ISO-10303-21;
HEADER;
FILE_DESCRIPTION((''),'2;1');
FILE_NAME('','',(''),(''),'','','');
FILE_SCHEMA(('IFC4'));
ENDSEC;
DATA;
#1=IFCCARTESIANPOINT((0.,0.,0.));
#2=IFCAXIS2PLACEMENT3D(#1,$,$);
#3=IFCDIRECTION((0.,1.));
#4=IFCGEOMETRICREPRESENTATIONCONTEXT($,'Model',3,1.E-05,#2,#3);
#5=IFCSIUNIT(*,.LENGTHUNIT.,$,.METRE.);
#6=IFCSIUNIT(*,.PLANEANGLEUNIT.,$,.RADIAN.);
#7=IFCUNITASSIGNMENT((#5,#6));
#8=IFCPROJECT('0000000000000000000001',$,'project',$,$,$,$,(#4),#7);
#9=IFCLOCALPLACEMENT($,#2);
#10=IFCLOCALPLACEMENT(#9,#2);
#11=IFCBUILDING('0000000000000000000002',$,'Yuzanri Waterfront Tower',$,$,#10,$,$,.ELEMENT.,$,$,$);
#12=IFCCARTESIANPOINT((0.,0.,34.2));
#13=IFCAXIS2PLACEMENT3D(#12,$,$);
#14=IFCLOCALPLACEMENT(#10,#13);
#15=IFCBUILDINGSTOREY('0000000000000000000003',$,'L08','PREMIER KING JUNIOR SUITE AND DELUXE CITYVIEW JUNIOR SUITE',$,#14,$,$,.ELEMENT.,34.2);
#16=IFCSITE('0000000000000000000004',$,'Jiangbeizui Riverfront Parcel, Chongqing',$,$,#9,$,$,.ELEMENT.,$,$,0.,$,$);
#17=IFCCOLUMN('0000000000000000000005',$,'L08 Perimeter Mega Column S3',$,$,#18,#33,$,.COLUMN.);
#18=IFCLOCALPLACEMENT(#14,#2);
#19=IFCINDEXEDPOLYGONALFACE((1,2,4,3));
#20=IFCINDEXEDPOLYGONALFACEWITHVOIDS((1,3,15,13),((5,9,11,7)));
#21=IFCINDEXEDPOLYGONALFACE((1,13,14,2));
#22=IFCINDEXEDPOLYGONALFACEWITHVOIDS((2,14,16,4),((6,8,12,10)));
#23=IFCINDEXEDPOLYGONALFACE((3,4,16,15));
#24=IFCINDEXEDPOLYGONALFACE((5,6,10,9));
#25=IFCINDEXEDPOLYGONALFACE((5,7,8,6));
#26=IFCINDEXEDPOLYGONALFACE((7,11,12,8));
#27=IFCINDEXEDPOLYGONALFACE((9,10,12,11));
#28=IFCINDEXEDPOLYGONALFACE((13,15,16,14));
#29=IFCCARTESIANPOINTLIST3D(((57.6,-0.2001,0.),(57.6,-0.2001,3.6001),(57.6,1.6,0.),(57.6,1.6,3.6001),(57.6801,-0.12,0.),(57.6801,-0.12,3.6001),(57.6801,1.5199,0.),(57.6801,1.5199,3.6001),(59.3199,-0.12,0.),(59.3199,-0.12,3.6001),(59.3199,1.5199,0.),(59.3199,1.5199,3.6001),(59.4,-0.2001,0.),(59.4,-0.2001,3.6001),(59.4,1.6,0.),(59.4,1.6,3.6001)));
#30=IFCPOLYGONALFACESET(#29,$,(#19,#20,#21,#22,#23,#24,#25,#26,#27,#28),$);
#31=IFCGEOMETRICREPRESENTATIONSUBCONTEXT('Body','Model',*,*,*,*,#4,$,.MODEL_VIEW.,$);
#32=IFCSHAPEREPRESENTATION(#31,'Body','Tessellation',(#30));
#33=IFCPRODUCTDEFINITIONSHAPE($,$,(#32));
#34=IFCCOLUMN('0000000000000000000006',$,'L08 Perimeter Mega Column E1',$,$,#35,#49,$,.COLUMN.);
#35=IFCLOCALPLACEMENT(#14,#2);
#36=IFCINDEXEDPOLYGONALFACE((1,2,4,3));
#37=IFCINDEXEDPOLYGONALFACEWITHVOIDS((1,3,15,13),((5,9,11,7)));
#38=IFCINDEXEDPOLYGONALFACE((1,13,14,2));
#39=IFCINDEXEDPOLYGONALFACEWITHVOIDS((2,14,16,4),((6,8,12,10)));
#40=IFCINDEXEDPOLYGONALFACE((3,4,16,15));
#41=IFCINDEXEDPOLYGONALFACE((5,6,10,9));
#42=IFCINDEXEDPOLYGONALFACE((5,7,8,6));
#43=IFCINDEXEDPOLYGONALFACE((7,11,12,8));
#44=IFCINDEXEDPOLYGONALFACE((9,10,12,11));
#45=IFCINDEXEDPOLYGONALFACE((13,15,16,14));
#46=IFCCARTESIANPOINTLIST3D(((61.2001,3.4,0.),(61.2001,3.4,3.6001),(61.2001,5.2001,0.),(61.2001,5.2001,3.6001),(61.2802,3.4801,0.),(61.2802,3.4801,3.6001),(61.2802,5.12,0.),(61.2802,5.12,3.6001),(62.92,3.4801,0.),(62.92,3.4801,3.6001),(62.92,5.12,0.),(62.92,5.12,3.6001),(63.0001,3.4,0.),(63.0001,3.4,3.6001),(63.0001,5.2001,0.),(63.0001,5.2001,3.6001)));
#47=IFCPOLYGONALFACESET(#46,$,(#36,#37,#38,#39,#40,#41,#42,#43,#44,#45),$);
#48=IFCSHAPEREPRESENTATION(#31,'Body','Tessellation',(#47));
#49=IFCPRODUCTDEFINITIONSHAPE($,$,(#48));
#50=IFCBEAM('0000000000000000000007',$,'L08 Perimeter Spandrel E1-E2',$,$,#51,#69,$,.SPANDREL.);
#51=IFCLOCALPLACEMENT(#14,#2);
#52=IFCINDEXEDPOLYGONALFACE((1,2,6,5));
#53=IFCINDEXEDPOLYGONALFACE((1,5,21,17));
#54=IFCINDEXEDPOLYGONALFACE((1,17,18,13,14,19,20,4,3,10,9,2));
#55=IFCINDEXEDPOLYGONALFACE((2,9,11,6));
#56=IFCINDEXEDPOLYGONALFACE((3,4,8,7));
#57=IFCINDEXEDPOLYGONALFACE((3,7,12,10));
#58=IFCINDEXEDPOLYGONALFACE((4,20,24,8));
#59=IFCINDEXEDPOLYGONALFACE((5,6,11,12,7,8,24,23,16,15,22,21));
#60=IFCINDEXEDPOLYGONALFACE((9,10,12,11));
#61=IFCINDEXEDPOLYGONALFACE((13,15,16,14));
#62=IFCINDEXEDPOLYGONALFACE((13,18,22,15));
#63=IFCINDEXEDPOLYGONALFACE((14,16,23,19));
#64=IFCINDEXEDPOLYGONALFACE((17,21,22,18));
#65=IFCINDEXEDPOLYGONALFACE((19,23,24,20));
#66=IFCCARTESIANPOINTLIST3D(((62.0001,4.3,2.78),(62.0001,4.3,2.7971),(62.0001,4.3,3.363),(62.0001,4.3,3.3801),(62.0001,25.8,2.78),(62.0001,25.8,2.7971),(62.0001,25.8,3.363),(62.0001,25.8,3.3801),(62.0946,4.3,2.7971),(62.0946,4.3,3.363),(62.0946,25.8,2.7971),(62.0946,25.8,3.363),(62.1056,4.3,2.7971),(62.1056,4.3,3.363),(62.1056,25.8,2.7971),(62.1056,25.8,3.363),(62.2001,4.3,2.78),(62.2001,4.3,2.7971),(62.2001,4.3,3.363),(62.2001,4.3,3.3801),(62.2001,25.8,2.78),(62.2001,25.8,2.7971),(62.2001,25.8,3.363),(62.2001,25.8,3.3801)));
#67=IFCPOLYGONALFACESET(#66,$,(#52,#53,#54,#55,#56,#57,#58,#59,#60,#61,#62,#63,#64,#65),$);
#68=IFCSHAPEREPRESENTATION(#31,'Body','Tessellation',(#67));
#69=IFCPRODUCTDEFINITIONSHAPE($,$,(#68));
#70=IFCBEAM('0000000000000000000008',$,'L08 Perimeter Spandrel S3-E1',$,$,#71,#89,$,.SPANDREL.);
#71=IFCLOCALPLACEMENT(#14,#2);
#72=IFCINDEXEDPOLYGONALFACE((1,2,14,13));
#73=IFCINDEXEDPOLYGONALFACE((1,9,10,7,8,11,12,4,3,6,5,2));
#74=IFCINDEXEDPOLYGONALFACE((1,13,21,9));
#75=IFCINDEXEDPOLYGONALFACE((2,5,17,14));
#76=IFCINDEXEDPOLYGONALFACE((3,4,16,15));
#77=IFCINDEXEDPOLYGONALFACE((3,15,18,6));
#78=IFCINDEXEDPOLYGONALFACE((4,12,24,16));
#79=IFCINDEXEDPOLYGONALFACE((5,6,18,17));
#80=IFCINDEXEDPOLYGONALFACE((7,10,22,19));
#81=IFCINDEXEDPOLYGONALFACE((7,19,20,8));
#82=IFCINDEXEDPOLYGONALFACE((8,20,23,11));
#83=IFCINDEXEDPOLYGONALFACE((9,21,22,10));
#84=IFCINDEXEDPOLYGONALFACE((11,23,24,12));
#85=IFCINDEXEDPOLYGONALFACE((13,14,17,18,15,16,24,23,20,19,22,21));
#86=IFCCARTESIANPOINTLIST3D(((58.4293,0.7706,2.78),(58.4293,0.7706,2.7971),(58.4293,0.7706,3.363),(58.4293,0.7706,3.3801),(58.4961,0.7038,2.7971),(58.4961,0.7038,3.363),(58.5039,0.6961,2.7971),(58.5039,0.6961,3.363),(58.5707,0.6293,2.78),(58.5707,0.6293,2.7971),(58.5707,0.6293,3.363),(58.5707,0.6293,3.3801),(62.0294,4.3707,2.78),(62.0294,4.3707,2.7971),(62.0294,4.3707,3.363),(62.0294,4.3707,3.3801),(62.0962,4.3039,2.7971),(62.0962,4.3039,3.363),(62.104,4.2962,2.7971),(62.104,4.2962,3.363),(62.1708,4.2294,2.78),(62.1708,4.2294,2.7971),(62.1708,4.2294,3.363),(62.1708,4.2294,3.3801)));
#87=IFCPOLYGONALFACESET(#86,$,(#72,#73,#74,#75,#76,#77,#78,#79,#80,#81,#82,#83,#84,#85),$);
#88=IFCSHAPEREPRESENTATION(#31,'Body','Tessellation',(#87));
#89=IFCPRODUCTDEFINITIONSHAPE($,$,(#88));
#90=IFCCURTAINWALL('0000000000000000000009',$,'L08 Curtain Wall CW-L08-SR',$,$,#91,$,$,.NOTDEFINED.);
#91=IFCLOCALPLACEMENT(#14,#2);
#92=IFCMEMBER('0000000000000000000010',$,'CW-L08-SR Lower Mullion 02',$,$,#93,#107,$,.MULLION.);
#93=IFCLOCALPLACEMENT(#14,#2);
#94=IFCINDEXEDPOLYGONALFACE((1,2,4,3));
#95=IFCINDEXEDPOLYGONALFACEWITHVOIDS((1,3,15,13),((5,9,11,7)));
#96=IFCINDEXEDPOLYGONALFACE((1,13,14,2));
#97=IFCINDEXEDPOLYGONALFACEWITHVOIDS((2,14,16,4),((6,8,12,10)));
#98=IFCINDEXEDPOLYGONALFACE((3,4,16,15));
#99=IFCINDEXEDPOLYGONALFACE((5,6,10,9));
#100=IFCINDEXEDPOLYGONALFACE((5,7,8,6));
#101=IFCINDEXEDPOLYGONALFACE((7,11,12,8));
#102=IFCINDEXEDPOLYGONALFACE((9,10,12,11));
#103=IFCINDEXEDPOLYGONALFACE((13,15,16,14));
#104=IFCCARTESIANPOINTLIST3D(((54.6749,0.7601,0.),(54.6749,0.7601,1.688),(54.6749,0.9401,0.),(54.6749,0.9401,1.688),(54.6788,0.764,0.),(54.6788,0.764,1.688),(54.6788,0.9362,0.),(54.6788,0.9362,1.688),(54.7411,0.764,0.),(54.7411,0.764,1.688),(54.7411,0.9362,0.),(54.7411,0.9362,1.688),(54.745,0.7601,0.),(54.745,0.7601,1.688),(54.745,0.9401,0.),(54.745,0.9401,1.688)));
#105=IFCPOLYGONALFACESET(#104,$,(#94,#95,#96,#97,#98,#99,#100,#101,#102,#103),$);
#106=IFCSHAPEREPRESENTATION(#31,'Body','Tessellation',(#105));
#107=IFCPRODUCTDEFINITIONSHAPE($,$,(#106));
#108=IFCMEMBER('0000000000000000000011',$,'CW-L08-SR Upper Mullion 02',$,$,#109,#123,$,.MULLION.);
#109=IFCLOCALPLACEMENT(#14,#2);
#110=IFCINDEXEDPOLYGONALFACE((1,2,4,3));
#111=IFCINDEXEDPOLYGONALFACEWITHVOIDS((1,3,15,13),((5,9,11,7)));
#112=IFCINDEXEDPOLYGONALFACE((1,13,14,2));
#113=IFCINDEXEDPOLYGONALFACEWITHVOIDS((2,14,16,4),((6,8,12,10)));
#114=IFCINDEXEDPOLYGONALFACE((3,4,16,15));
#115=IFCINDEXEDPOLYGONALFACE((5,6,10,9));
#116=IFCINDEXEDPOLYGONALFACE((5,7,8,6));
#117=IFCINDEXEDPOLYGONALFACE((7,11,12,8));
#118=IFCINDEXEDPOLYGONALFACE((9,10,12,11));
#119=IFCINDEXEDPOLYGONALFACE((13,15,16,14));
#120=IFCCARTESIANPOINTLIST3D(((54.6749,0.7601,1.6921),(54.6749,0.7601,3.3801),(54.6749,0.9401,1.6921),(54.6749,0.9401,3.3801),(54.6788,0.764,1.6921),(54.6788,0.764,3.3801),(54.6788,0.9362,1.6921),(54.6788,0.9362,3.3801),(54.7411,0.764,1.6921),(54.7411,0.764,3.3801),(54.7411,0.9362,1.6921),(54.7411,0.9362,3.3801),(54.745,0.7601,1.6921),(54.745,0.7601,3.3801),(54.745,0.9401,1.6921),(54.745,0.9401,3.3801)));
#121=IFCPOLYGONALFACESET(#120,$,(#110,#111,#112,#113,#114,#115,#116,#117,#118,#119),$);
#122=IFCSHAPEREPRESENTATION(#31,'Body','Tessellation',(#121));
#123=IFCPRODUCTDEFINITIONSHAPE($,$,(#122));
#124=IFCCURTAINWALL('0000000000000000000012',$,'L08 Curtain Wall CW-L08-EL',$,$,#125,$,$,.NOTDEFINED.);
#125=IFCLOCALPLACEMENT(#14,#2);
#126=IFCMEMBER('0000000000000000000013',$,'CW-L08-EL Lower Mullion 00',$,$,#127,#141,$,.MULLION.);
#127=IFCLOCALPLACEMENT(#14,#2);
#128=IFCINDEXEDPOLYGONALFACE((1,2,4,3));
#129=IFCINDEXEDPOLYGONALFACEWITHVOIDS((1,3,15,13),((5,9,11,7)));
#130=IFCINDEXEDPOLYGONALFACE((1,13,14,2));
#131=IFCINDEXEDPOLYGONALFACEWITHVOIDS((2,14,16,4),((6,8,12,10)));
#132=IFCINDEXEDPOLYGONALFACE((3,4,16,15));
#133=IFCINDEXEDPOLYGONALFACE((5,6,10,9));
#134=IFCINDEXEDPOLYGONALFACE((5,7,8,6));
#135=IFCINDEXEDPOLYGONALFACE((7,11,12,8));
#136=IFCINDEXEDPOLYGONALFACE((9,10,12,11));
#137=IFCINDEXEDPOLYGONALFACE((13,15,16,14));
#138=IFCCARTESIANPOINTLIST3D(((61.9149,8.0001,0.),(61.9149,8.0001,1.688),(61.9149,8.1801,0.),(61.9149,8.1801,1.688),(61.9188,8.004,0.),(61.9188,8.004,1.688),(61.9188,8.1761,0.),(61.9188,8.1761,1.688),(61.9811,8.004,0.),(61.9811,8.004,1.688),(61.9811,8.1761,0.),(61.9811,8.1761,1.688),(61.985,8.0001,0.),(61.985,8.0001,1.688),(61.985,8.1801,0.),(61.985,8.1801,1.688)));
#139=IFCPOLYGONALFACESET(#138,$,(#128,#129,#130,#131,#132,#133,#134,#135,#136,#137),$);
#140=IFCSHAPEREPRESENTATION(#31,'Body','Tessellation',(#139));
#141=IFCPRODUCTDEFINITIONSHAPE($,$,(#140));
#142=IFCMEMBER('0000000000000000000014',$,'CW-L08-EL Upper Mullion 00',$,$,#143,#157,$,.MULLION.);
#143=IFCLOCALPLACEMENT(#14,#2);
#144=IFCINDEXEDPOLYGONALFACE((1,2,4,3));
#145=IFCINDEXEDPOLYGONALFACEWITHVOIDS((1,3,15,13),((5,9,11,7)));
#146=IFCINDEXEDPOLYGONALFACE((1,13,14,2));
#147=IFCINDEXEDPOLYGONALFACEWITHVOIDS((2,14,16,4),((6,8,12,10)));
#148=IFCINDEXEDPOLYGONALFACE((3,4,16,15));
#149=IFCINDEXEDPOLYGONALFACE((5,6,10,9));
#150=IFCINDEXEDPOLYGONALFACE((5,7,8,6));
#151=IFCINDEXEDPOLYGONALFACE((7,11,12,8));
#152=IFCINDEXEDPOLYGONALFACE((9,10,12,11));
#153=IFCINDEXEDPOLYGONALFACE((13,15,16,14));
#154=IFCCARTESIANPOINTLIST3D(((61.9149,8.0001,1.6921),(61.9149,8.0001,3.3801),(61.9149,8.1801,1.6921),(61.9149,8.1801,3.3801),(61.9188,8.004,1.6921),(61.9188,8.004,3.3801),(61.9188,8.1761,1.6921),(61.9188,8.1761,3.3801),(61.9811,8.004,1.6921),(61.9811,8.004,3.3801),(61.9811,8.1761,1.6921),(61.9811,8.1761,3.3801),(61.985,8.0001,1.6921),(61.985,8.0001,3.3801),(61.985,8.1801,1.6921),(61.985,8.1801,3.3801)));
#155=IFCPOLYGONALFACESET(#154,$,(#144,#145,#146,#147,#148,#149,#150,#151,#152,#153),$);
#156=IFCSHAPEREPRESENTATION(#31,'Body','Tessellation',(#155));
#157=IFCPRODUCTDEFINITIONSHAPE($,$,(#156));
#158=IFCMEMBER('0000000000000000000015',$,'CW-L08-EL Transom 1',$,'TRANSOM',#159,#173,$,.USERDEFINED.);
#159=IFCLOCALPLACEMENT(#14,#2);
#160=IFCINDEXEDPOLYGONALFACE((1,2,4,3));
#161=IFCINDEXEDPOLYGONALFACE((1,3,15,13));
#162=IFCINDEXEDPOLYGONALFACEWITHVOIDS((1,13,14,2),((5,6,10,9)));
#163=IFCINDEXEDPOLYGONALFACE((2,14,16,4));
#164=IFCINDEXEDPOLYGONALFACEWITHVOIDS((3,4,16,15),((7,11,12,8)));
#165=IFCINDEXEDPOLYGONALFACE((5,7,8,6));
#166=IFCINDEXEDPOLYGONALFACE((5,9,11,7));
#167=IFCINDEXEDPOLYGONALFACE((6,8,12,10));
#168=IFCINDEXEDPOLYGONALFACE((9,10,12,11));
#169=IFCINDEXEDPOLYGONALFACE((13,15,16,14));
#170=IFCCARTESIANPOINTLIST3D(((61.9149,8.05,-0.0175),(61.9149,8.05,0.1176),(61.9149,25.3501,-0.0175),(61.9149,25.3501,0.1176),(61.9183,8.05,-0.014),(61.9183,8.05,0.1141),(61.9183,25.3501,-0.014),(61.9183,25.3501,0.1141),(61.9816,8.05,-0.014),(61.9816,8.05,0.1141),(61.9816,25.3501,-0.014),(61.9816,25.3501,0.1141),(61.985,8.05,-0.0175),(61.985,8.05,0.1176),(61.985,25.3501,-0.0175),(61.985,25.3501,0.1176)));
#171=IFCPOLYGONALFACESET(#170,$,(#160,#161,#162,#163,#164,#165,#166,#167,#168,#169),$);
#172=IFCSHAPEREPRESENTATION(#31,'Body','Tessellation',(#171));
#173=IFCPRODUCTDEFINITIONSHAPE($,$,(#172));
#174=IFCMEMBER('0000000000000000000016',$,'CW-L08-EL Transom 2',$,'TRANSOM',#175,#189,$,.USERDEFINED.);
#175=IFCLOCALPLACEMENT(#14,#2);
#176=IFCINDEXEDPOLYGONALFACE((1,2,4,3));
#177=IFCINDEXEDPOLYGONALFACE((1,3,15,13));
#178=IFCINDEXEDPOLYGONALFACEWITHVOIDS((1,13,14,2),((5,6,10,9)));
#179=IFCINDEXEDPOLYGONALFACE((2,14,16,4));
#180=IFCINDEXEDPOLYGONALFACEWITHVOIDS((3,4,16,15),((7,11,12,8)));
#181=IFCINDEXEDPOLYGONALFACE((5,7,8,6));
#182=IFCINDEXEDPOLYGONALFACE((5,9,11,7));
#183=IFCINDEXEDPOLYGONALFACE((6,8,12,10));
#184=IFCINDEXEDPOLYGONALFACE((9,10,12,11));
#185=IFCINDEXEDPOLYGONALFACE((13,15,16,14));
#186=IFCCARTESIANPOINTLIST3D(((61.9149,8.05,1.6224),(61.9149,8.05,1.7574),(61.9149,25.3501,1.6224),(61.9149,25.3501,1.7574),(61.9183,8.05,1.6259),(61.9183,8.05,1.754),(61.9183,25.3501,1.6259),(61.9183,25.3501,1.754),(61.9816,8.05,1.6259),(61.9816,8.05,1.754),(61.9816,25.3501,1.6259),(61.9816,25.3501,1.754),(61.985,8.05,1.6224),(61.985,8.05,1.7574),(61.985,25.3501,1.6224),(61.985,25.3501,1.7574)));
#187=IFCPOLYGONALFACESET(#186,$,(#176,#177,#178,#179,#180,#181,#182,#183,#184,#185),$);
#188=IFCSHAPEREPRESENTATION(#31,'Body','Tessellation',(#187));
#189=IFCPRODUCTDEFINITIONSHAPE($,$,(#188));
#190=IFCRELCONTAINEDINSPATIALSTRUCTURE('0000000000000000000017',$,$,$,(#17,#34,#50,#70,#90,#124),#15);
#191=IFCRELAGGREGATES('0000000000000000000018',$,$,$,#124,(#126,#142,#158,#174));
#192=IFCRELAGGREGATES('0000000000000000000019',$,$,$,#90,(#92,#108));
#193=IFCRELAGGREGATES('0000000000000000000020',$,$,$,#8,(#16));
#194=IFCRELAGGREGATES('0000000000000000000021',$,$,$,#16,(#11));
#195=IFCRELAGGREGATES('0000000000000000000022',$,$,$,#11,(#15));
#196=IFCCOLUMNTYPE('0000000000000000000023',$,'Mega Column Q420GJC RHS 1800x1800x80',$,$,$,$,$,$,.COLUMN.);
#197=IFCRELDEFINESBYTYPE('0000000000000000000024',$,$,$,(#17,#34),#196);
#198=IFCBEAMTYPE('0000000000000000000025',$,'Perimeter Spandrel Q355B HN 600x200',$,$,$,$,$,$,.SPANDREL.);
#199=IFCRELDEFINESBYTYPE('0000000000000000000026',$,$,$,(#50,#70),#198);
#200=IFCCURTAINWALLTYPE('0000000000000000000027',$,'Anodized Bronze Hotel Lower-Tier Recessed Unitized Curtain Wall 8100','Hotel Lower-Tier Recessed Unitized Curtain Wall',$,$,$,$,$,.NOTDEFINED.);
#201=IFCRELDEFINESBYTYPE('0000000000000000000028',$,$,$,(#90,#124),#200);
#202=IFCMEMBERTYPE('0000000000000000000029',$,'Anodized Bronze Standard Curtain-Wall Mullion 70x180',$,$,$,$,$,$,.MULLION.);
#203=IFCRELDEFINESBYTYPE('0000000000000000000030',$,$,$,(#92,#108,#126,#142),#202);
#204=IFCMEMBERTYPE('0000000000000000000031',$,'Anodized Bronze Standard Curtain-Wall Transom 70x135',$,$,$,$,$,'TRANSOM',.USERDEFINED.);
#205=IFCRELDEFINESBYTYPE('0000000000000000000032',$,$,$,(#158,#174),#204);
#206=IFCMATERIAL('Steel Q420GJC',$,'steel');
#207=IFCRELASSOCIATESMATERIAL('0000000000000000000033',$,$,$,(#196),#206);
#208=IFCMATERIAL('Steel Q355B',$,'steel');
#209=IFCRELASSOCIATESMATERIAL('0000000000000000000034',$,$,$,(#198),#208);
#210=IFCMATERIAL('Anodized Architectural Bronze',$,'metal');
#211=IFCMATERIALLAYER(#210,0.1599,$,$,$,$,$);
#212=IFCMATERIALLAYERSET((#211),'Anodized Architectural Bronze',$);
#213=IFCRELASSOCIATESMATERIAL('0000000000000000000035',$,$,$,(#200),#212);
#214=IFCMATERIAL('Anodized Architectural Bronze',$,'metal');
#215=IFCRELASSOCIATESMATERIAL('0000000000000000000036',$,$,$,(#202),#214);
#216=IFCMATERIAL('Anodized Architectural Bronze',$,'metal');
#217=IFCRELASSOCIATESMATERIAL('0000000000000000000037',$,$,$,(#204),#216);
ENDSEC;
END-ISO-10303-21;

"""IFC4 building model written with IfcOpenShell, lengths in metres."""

from ifc_helpers import new_model, si_unit, direction, frame, origin, origin_2d, place, context, subcontext, project, spatial, hollow_rectangle, i_section, extrude, source, transform, mapped, material, layer, layer_set, material_profile, profile_set, type_object, element, aggregate, save


model = new_model("IFC4")

# Units and contexts
model_context = context("Model", 3, precision=1e-05, world=origin(), true_north=direction((0.0, 1.0)))
body_context = subcontext(model_context, "Body", "Model", "MODEL_VIEW")
ifc_project = project(units=[si_unit("LENGTHUNIT", "METRE"), si_unit("PLANEANGLEUNIT", "RADIAN")], contexts=[model_context])

# Site, building, storey
site_placement = place(None, origin())
site = spatial("IfcSite", under=ifc_project, at=site_placement, Name="Jiangbeizui Riverfront Parcel, Chongqing", CompositionType="ELEMENT", RefElevation=0.0)
building_placement = place(site_placement, origin())
building = spatial("IfcBuilding", under=site, at=building_placement, Name="Yuzanri Waterfront Tower", CompositionType="ELEMENT")
storey_placement = place(building_placement, frame((0.0, 0.0, 34.2)))
storey = spatial("IfcBuildingStorey", under=building, at=storey_placement, Name="L08", Description="PREMIER KING JUNIOR SUITE AND DELUXE CITYVIEW JUNIOR SUITE", CompositionType="ELEMENT", Elevation=34.2)

# Columns
ifc_material_1 = material(Name="Steel Q420GJC", Category="steel")
ifc_material_profile_1 = material_profile(ifc_material_1, hollow_rectangle(XDim=1.8, YDim=1.8, WallThickness=0.0801, at=origin_2d()), Name="RHS 1800x1800x80")
ifc_profile_set_1 = profile_set([ifc_material_profile_1], Name="Steel Q420GJC")
column_type = type_object("IfcColumnType", Name="Mega Column Q420GJC RHS 1800x1800x80", PredefinedType="COLUMN", material=ifc_profile_set_1)
shared_shape_1 = source(origin(), body_context, "Body", "SweptSolid", [
    extrude(hollow_rectangle(XDim=1.8, YDim=1.8, WallThickness=0.0801, at=origin_2d()), origin(), (0.0, 0.0, 1.0), 3.6001),
])
for number, where, z_axis, x_axis, name in (
    (1, (58.5, 0.7, 0.0), (0.0, 0.0, 1.0), (1.0, 0.0, 0.0), "L08 Perimeter Mega Column S3"),
    (2, (62.1001, 4.3, 0.0), (0.0, 0.0, 1.0), (1.0, 0.0, 0.0), "L08 Perimeter Mega Column E1"),
):
    element("IfcColumn", number, at=place(storey_placement, frame(where, z_axis=z_axis, x_axis=x_axis)), inside=storey, type_object=column_type, Name=name, PredefinedType="COLUMN", context=body_context, shape_type="MappedRepresentation", body=[
        mapped(shared_shape_1, transform((0.0, 0.0, 0.0), scale=1.0)),
    ])

# Beams
ifc_material_2 = material(Name="Steel Q355B", Category="steel")
ifc_material_profile_2 = material_profile(ifc_material_2, i_section(OverallWidth=0.2, OverallDepth=0.6001, WebThickness=0.011, FlangeThickness=0.0171, at=origin_2d()), Name="HN 600x200x11x17")
ifc_profile_set_2 = profile_set([ifc_material_profile_2], Name="Steel Q355B")
beam_type = type_object("IfcBeamType", Name="Perimeter Spandrel Q355B HN 600x200", PredefinedType="SPANDREL", material=ifc_profile_set_2)
shared_shape_2 = source(origin(), body_context, "Body", "SweptSolid", [
    extrude(i_section(OverallWidth=0.2, OverallDepth=0.6001, WebThickness=0.011, FlangeThickness=0.0171, at=origin_2d()), origin(), (0.0, 0.0, 1.0), 21.5),
])
beam_1_placement = place(storey_placement, frame((62.1001, 4.3, 3.0801), z_axis=(0.0, 1.0, 0.0), x_axis=(-1.0, 0.0, 0.0)))
element("IfcBeam", 3, at=beam_1_placement, inside=storey, type_object=beam_type, Name="L08 Perimeter Spandrel E1-E2", PredefinedType="SPANDREL", context=body_context, shape_type="MappedRepresentation", body=[
    mapped(shared_shape_2, transform((0.0, 0.0, 0.0), scale=1.0)),
])
shared_shape_3 = source(origin(), body_context, "Body", "SweptSolid", [
    extrude(i_section(OverallWidth=0.2, OverallDepth=0.6001, WebThickness=0.011, FlangeThickness=0.0171, at=origin_2d()), origin(), (0.0, 0.0, 1.0), 5.0913),
])
beam_2_placement = place(storey_placement, frame((58.5, 0.7, 3.0801), z_axis=(0.707107, 0.707107, 0.0), x_axis=(-0.707107, 0.707107, 0.0)))
element("IfcBeam", 4, at=beam_2_placement, inside=storey, type_object=beam_type, Name="L08 Perimeter Spandrel S3-E1", PredefinedType="SPANDREL", context=body_context, shape_type="MappedRepresentation", body=[
    mapped(shared_shape_3, transform((0.0, 0.0, 0.0), scale=1.0)),
])

# Curtain walls, members
ifc_material_3 = material(Name="Anodized Architectural Bronze", Category="metal")
ifc_layer_1 = layer(ifc_material_3, 0.1599)
ifc_layer_set_1 = layer_set([ifc_layer_1], Name="Anodized Architectural Bronze")
curtain_wall_type = type_object("IfcCurtainWallType", Name="Anodized Bronze Hotel Lower-Tier Recessed Unitized Curtain Wall 8100", Description="Hotel Lower-Tier Recessed Unitized Curtain Wall", PredefinedType="NOTDEFINED", material=ifc_layer_set_1)
curtain_wall_1_placement = place(storey_placement, origin())
curtain_wall_1 = element("IfcCurtainWall", 5, at=curtain_wall_1_placement, inside=storey, type_object=curtain_wall_type, Name="L08 Curtain Wall CW-L08-SR", PredefinedType="NOTDEFINED")
ifc_material_4 = material(Name="Anodized Architectural Bronze", Category="metal")
ifc_material_profile_3 = material_profile(ifc_material_4, hollow_rectangle(XDim=0.0701, YDim=0.1799, WallThickness=0.0039, at=origin_2d()), Name="CWM 70x180")
ifc_profile_set_3 = profile_set([ifc_material_profile_3], Name="Anodized Architectural Bronze")
member_type_1 = type_object("IfcMemberType", Name="Anodized Bronze Standard Curtain-Wall Mullion 70x180", PredefinedType="MULLION", material=ifc_profile_set_3)
shared_shape_4 = source(origin(), body_context, "Body", "SweptSolid", [
    extrude(hollow_rectangle(XDim=0.0701, YDim=0.1799, WallThickness=0.0039, at=origin_2d()), origin(), (0.0, 0.0, 1.0), 1.688),
])
member_1_placement = place(storey_placement, frame((54.71, 0.8501, 0.0), z_axis=(0.0, 0.0, 1.0), x_axis=(1.0, 0.0, 0.0)))
member_1 = element("IfcMember", 6, at=member_1_placement, type_object=member_type_1, Name="CW-L08-SR Lower Mullion 02", PredefinedType="MULLION", context=body_context, shape_type="MappedRepresentation", body=[
    mapped(shared_shape_4, transform((0.0, 0.0, 0.0), scale=1.0)),
])
member_2_placement = place(storey_placement, frame((54.71, 0.8501, 1.6921), z_axis=(0.0, 0.0, 1.0), x_axis=(1.0, 0.0, 0.0)))
member_2 = element("IfcMember", 7, at=member_2_placement, type_object=member_type_1, Name="CW-L08-SR Upper Mullion 02", PredefinedType="MULLION", context=body_context, shape_type="MappedRepresentation", body=[
    mapped(shared_shape_4, transform((0.0, 0.0, 0.0), scale=1.0)),
])
curtain_wall_2_placement = place(storey_placement, origin())
curtain_wall_2 = element("IfcCurtainWall", 8, at=curtain_wall_2_placement, inside=storey, type_object=curtain_wall_type, Name="L08 Curtain Wall CW-L08-EL", PredefinedType="NOTDEFINED")
member_3_placement = place(storey_placement, frame((61.95, 8.0901, 0.0), z_axis=(0.0, 0.0, 1.0), x_axis=(1.0, 0.0, 0.0)))
member_3 = element("IfcMember", 9, at=member_3_placement, type_object=member_type_1, Name="CW-L08-EL Lower Mullion 00", PredefinedType="MULLION", context=body_context, shape_type="MappedRepresentation", body=[
    mapped(shared_shape_4, transform((0.0, 0.0, 0.0), scale=1.0)),
])
member_4_placement = place(storey_placement, frame((61.95, 8.0901, 1.6921), z_axis=(0.0, 0.0, 1.0), x_axis=(1.0, 0.0, 0.0)))
member_4 = element("IfcMember", 10, at=member_4_placement, type_object=member_type_1, Name="CW-L08-EL Upper Mullion 00", PredefinedType="MULLION", context=body_context, shape_type="MappedRepresentation", body=[
    mapped(shared_shape_4, transform((0.0, 0.0, 0.0), scale=1.0)),
])
ifc_material_5 = material(Name="Anodized Architectural Bronze", Category="metal")
ifc_material_profile_4 = material_profile(ifc_material_5, hollow_rectangle(XDim=0.0701, YDim=0.135, WallThickness=0.0034, at=origin_2d()), Name="CWT 70x135")
ifc_profile_set_4 = profile_set([ifc_material_profile_4], Name="Anodized Architectural Bronze")
member_type_2 = type_object("IfcMemberType", Name="Anodized Bronze Standard Curtain-Wall Transom 70x135", ElementType="TRANSOM", PredefinedType="USERDEFINED", material=ifc_profile_set_4)
shared_shape_5 = source(origin(), body_context, "Body", "SweptSolid", [
    extrude(hollow_rectangle(XDim=0.0701, YDim=0.135, WallThickness=0.0034, at=origin_2d()), origin(), (0.0, 0.0, 1.0), 17.3),
])
member_5_placement = place(storey_placement, frame((61.95, 8.05, 0.05), z_axis=(0.0, 1.0, 0.0), x_axis=(-1.0, 0.0, 0.0)))
member_5 = element("IfcMember", 11, at=member_5_placement, type_object=member_type_2, Name="CW-L08-EL Transom 1", ObjectType="TRANSOM", PredefinedType="USERDEFINED", context=body_context, shape_type="MappedRepresentation", body=[
    mapped(shared_shape_5, transform((0.0, 0.0, 0.0), scale=1.0)),
])
member_6_placement = place(storey_placement, frame((61.95, 8.05, 1.6899), z_axis=(0.0, 1.0, 0.0), x_axis=(-1.0, 0.0, 0.0)))
member_6 = element("IfcMember", 12, at=member_6_placement, type_object=member_type_2, Name="CW-L08-EL Transom 2", ObjectType="TRANSOM", PredefinedType="USERDEFINED", context=body_context, shape_type="MappedRepresentation", body=[
    mapped(shared_shape_5, transform((0.0, 0.0, 0.0), scale=1.0)),
])
aggregate(curtain_wall_2, [member_3, member_4, member_5, member_6])

aggregate(curtain_wall_1, [member_1, member_2])

save(model, "model.ifc")
